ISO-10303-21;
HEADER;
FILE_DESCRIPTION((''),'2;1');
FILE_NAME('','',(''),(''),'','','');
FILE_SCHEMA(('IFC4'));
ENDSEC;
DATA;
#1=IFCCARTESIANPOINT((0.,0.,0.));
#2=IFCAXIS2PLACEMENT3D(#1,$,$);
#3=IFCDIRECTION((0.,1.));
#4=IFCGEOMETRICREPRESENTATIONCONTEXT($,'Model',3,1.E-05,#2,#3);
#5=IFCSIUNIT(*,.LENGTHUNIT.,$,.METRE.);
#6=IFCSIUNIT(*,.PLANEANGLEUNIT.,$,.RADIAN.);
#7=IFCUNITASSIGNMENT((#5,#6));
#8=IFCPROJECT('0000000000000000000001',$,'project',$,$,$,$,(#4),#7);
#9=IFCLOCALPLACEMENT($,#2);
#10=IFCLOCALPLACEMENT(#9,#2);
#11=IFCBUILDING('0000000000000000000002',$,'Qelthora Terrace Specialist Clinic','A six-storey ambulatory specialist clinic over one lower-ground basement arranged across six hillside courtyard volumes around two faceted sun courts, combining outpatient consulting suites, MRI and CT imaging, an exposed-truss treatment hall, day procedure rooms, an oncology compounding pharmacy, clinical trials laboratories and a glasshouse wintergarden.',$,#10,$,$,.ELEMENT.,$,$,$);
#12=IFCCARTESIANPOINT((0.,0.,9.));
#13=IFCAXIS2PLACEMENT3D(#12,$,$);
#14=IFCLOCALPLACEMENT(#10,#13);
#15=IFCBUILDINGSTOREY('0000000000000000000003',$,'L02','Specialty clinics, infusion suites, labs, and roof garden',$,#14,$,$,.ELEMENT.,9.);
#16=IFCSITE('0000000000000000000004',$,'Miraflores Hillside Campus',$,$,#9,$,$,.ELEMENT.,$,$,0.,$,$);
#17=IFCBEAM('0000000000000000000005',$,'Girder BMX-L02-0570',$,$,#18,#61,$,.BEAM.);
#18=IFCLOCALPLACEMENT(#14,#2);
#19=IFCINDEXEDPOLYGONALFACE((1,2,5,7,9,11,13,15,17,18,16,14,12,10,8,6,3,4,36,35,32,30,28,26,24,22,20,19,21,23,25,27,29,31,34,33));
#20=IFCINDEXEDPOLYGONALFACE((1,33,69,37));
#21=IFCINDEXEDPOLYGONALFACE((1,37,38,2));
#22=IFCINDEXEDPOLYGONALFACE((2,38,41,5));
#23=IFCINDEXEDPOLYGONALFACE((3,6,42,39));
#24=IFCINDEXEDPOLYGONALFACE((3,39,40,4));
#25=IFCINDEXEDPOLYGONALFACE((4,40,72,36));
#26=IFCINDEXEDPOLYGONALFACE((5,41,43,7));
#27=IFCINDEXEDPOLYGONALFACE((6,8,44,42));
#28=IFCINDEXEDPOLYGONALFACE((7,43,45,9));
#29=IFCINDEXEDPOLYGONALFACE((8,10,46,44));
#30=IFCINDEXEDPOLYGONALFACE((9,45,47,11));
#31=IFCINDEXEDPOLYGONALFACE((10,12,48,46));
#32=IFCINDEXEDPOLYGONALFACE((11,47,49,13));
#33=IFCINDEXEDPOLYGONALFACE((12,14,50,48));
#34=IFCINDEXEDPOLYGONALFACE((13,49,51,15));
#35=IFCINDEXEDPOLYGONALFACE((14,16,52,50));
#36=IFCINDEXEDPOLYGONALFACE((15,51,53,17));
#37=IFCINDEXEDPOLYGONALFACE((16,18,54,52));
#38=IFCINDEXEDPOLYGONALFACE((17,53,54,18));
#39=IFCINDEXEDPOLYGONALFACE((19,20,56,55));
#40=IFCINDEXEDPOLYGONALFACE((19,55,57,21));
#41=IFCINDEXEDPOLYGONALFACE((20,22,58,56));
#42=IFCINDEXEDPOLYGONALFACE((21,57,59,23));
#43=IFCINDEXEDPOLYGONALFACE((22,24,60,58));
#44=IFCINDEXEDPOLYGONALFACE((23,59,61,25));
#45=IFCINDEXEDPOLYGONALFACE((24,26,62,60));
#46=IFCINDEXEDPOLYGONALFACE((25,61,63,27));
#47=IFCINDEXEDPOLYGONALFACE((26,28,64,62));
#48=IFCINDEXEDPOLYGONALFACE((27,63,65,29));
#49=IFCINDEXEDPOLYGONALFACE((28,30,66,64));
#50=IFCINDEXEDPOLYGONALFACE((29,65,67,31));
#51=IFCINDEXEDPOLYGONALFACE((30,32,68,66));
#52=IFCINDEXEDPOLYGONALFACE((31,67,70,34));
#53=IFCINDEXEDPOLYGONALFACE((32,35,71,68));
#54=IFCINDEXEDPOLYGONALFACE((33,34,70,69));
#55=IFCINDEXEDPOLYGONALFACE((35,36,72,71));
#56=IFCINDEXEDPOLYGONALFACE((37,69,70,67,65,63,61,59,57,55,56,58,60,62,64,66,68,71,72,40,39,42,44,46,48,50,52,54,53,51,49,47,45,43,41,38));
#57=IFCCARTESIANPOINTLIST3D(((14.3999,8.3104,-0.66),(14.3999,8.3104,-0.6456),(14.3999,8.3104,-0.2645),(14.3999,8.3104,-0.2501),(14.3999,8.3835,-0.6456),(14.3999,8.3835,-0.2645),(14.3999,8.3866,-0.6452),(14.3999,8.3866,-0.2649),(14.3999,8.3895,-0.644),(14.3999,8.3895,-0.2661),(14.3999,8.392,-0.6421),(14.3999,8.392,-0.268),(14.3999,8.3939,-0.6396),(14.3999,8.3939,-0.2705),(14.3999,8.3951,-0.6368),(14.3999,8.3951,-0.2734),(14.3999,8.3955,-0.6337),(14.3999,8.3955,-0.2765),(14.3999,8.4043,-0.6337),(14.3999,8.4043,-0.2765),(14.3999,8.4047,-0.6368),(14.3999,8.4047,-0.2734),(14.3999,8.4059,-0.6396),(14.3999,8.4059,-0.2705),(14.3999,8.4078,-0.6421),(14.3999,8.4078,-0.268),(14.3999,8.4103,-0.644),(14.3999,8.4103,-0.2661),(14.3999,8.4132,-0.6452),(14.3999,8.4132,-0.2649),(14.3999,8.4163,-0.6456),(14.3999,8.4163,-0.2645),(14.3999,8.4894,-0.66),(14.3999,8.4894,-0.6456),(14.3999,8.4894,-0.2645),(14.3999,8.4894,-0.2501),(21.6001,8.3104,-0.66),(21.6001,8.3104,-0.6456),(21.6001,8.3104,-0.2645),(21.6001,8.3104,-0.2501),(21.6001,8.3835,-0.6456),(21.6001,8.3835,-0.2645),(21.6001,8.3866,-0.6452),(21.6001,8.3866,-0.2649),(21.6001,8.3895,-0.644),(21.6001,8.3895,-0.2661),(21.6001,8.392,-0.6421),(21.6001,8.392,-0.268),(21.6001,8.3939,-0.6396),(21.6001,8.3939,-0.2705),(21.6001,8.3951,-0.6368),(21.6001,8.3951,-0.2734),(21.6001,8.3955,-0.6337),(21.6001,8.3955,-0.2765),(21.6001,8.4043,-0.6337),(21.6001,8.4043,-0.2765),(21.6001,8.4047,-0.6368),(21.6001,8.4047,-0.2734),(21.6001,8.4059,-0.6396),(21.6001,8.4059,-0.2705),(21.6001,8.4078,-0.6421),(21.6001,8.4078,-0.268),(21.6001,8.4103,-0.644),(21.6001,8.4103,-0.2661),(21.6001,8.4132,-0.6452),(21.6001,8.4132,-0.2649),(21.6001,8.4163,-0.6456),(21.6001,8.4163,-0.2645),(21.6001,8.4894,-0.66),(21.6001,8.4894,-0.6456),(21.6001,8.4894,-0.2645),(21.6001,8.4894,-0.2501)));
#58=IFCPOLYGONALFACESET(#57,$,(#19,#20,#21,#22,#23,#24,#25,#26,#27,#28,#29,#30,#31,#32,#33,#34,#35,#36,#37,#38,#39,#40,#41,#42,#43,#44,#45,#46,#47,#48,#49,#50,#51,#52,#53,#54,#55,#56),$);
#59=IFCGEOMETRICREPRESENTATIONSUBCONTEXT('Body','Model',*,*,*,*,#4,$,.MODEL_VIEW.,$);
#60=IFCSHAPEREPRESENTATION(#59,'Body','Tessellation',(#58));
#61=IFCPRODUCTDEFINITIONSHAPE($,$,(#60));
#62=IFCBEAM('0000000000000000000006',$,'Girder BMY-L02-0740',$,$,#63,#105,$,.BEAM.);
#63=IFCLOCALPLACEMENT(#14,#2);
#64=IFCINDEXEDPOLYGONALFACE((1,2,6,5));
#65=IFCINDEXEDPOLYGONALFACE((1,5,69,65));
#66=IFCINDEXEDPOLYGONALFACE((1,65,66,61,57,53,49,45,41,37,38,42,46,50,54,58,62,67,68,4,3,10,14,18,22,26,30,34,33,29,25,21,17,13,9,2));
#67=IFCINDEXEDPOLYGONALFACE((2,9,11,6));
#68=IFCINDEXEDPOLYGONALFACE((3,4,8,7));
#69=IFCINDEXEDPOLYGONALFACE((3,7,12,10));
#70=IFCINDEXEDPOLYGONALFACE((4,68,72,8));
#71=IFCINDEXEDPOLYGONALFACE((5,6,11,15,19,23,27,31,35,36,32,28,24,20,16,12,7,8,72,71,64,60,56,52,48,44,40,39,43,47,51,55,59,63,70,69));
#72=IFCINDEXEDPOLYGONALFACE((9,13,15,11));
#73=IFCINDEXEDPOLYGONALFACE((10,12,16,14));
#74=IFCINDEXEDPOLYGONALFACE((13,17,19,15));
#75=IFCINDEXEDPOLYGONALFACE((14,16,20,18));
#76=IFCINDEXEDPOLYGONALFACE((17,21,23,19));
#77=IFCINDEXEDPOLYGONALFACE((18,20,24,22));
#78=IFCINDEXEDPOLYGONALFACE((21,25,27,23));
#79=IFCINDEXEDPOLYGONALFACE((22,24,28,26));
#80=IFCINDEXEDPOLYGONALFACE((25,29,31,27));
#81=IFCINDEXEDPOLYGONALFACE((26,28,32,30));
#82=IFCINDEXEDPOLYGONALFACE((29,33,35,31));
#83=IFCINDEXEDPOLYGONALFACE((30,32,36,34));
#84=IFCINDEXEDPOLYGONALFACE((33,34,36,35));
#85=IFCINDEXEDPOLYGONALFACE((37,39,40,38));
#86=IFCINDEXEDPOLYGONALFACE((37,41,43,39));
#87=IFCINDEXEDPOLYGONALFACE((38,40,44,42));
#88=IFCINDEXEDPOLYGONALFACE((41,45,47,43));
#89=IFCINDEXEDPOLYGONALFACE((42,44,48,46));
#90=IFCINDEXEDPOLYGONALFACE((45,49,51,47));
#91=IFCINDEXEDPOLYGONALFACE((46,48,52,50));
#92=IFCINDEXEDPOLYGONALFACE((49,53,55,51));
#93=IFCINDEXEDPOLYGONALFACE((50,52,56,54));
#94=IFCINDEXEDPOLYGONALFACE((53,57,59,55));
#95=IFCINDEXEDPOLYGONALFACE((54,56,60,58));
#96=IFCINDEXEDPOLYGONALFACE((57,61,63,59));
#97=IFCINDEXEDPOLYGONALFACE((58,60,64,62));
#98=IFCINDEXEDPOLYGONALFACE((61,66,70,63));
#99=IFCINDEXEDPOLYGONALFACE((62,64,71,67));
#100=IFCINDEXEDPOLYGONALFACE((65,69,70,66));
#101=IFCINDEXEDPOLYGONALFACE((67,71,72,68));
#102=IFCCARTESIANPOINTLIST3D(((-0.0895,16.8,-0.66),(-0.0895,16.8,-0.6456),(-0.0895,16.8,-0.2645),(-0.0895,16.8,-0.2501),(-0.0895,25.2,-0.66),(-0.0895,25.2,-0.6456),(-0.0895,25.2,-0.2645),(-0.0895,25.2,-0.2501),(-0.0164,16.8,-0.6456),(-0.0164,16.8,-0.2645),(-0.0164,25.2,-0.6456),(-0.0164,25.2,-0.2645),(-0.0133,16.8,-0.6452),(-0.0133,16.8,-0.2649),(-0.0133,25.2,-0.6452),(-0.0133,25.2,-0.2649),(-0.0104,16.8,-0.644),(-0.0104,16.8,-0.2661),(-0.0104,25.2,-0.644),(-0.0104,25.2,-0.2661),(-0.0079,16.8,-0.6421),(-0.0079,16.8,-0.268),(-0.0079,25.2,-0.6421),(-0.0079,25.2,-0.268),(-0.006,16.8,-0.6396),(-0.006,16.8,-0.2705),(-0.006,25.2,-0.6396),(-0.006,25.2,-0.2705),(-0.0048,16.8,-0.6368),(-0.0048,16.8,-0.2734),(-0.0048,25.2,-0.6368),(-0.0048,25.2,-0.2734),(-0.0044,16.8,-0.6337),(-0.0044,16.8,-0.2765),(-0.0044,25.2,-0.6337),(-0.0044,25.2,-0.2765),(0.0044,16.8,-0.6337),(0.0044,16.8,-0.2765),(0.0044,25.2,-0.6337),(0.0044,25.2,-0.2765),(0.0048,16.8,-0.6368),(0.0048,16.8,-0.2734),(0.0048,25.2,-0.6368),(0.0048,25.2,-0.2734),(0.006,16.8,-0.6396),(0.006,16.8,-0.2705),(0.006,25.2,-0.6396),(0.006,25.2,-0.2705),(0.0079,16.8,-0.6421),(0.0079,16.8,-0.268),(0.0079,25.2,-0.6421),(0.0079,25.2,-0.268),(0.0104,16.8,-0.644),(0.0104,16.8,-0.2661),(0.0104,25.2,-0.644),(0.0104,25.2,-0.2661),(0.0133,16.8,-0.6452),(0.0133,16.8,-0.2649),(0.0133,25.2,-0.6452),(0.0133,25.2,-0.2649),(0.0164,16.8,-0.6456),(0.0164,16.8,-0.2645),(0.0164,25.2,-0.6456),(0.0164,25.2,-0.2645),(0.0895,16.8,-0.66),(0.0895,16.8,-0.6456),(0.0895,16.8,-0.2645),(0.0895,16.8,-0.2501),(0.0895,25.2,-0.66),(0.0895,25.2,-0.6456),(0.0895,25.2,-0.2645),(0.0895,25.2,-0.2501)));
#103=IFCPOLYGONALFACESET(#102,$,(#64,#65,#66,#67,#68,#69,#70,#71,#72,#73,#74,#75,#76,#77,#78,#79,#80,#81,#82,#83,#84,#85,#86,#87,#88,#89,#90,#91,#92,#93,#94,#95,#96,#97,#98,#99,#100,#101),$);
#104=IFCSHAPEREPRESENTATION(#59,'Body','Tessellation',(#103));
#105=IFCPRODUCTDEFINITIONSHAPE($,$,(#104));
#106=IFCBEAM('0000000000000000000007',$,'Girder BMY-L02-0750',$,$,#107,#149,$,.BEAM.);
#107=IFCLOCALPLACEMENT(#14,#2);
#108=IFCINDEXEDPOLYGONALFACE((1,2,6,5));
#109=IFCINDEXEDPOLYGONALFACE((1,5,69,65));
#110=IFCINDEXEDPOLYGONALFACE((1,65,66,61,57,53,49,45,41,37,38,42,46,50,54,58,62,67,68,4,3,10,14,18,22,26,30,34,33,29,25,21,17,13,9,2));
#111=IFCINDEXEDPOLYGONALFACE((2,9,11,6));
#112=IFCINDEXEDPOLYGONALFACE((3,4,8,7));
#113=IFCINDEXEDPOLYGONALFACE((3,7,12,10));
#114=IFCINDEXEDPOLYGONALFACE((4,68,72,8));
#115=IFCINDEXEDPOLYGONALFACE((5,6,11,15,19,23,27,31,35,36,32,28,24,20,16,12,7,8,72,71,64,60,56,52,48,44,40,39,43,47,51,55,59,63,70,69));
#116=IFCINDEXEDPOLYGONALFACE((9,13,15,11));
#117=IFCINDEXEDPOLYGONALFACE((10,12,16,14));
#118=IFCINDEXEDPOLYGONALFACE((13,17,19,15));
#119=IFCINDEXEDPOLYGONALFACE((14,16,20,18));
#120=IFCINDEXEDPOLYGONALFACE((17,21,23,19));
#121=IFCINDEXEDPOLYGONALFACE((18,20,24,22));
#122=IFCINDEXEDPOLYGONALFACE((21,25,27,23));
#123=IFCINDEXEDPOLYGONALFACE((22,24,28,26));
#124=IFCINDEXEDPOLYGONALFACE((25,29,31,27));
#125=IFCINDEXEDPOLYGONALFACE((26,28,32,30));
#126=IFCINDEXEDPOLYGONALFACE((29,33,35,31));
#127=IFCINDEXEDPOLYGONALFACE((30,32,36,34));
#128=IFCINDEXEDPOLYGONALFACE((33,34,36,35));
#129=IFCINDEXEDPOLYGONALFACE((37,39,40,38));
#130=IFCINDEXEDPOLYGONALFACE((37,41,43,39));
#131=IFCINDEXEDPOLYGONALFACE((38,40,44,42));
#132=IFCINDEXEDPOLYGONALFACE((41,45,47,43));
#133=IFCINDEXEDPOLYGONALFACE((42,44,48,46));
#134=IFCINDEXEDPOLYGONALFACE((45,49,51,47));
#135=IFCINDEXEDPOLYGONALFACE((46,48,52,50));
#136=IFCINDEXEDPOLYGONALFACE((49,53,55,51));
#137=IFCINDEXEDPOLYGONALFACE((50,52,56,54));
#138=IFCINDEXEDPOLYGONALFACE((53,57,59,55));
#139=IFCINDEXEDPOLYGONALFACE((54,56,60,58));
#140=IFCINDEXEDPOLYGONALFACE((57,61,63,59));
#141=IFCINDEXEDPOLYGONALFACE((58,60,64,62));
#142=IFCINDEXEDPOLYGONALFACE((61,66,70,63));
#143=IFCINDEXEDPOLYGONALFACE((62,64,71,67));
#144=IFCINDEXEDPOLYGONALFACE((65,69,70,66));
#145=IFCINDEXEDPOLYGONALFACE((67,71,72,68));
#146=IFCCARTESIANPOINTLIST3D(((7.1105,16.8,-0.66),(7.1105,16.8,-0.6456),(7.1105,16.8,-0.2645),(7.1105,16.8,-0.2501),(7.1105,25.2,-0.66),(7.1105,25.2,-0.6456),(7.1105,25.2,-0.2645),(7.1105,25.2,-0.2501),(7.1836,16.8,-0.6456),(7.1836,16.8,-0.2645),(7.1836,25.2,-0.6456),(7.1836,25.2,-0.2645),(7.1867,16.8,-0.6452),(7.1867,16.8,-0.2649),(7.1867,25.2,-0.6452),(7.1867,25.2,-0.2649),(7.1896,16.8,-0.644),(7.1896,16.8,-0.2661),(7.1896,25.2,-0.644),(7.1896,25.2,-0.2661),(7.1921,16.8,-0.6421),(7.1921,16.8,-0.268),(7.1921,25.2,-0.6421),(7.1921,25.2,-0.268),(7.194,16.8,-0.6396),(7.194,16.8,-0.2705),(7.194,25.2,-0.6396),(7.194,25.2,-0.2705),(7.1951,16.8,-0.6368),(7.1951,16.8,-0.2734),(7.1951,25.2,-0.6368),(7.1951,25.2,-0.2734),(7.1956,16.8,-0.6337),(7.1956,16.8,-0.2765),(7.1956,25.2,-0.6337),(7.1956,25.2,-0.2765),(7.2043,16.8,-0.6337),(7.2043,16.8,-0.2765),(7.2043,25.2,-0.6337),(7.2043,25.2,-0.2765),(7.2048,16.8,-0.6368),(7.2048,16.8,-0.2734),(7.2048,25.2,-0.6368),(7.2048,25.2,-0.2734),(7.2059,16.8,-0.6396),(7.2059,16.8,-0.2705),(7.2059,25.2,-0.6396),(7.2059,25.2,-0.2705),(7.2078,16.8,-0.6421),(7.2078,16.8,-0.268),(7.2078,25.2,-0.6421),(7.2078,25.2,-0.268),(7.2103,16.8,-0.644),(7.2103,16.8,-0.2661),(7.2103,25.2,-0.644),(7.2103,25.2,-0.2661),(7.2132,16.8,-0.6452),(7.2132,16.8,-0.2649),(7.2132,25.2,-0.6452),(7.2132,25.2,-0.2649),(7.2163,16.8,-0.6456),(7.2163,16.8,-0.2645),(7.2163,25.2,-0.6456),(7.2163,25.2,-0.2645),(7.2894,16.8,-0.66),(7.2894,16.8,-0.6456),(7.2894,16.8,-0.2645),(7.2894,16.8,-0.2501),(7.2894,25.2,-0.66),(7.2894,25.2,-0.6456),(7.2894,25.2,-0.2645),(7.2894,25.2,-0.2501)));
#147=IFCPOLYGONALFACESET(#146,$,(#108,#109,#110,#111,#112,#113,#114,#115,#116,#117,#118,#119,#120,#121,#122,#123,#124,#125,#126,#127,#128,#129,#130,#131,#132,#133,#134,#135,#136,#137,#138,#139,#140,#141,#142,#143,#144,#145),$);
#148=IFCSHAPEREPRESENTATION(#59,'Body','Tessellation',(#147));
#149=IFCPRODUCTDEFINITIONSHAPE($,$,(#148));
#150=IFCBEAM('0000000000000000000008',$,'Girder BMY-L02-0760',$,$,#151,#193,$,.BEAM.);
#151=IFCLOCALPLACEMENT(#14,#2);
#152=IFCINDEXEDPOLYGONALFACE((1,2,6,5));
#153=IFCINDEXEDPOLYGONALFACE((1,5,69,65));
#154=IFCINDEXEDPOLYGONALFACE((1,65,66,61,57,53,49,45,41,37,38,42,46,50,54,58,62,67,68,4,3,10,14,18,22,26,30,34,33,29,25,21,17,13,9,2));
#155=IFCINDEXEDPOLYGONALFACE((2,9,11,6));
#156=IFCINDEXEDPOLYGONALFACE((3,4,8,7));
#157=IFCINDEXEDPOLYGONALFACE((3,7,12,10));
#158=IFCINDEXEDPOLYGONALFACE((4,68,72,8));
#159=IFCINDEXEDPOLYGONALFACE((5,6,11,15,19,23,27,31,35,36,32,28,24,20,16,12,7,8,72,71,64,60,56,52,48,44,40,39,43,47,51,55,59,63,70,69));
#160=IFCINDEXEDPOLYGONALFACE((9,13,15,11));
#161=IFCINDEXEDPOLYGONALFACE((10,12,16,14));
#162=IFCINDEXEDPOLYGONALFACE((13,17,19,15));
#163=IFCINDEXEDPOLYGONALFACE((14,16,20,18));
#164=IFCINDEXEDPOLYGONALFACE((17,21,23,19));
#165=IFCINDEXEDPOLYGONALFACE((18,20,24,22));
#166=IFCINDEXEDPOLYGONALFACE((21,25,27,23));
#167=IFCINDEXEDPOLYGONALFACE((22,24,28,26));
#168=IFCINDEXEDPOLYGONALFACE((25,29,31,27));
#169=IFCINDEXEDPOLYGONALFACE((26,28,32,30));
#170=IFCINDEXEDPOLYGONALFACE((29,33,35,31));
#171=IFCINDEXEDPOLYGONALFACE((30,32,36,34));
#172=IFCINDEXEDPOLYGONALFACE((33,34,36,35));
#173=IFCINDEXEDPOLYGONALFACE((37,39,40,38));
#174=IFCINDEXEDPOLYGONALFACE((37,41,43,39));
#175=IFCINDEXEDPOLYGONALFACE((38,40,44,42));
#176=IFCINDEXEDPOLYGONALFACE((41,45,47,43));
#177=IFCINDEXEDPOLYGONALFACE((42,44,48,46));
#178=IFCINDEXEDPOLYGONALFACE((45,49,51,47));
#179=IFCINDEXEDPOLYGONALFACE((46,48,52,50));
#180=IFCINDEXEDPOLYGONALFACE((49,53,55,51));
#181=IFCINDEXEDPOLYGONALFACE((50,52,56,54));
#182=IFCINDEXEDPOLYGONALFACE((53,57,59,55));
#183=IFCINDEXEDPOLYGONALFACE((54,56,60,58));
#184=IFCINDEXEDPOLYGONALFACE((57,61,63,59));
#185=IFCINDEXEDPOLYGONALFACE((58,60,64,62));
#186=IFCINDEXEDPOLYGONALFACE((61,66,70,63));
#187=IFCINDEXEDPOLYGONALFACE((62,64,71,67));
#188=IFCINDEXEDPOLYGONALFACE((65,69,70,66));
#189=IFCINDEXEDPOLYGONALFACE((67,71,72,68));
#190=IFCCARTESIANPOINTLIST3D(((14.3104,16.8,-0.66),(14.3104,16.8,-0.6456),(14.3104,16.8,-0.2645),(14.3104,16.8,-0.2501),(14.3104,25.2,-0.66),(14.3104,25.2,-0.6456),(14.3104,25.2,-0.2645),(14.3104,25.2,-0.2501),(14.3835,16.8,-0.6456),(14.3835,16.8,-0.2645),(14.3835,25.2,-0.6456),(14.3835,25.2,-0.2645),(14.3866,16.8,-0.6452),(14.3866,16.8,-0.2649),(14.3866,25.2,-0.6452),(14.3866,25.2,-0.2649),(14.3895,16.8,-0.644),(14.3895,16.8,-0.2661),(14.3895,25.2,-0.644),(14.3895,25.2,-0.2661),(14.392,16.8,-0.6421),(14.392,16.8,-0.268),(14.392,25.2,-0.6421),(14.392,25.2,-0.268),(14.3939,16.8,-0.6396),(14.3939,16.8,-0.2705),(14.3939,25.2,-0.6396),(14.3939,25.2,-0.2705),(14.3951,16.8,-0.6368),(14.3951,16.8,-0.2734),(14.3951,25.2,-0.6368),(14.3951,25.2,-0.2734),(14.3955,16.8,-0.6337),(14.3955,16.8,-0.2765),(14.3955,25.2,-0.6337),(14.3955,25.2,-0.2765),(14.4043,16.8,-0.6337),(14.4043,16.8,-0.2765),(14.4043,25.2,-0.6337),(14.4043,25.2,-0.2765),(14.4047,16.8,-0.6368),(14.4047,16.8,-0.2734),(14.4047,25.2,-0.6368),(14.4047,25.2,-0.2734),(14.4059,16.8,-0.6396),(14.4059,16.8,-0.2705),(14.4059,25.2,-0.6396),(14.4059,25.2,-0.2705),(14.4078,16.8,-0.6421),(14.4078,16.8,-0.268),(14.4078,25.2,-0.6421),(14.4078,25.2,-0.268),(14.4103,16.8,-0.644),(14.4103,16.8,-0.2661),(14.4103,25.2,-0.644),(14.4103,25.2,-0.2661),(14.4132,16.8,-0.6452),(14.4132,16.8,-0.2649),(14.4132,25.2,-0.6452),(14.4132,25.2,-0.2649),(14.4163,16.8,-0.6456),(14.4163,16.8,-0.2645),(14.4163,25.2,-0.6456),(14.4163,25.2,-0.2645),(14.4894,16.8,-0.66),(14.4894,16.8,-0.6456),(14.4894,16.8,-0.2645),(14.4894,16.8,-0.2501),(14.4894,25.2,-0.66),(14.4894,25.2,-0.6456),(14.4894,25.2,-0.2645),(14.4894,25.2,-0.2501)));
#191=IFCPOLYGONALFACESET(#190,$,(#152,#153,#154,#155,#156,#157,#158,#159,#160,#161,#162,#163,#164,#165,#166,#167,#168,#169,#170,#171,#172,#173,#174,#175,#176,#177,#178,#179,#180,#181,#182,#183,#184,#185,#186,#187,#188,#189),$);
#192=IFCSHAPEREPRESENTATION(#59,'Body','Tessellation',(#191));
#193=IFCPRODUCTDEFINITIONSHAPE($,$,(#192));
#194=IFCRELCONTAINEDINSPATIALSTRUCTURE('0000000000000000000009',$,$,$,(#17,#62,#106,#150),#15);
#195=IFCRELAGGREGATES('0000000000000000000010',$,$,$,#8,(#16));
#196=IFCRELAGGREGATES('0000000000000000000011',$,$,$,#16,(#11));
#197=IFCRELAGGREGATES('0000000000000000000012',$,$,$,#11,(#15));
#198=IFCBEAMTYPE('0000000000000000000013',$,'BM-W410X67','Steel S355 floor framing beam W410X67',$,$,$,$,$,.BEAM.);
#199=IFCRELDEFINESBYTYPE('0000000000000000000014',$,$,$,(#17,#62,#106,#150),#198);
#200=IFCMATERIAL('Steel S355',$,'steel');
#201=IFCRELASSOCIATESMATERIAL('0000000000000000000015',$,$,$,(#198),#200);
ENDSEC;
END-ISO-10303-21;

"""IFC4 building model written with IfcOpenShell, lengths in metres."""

from ifc_helpers import new_model, si_unit, direction, frame, origin, origin_2d, place, context, subcontext, project, spatial, i_section, extrude, material, material_profile, profile_set, type_object, element, save


model = new_model("IFC4")

# Units and contexts
model_context = context("Model", 3, precision=1e-05, world=origin(), true_north=direction((0.0, 1.0)))
body_context = subcontext(model_context, "Body", "Model", "MODEL_VIEW")
ifc_project = project(units=[si_unit("LENGTHUNIT", "METRE"), si_unit("PLANEANGLEUNIT", "RADIAN")], contexts=[model_context])

# Site, building, storey
site_placement = place(None, origin())
site = spatial("IfcSite", under=ifc_project, at=site_placement, Name="Miraflores Hillside Campus", CompositionType="ELEMENT", RefElevation=0.0)
building_placement = place(site_placement, origin())
building = spatial("IfcBuilding", under=site, at=building_placement, Name="Qelthora Terrace Specialist Clinic", Description="A six-storey ambulatory specialist clinic over one lower-ground basement arranged across six hillside courtyard volumes around two faceted sun courts, combining outpatient consulting suites, MRI and CT imaging, an exposed-truss treatment hall, day procedure rooms, an oncology compounding pharmacy, clinical trials laboratories and a glasshouse wintergarden.", CompositionType="ELEMENT")
storey_placement = place(building_placement, frame((0.0, 0.0, 9.0)))
storey = spatial("IfcBuildingStorey", under=building, at=storey_placement, Name="L02", Description="Specialty clinics, infusion suites, labs, and roof garden", CompositionType="ELEMENT", Elevation=9.0)

# Beams
ifc_material_1 = material(Name="Steel S355", Category="steel")
ifc_material_profile_1 = material_profile(ifc_material_1, i_section(OverallWidth=0.179, OverallDepth=0.4099, WebThickness=0.0088, FlangeThickness=0.0144, FilletRadius=0.012, at=origin_2d()), Name="W410X67")
ifc_profile_set_1 = profile_set([ifc_material_profile_1], Name="Steel S355")
beam_type_1 = type_object("IfcBeamType", Name="BM-W410X67", Description="Steel S355 floor framing beam W410X67", PredefinedType="BEAM", material=ifc_profile_set_1)
beam_1_placement = place(storey_placement, frame((14.3999, 8.3999, -0.4551), z_axis=(1.0, 0.0, 0.0), x_axis=(0.0, 1.0, 0.0)))
element("IfcBeam", 1, at=beam_1_placement, inside=storey, type_object=beam_type_1, Name="Girder BMX-L02-0570", PredefinedType="BEAM", context=body_context, shape_type="SweptSolid", body=[
    extrude(i_section(OverallWidth=0.179, OverallDepth=0.4099, WebThickness=0.0088, FlangeThickness=0.0144, FilletRadius=0.012, at=origin_2d()), origin(), (0.0, 0.0, 1.0), 7.2002),
])
for number, where, z_axis, x_axis, name in (
    (2, (0.0, 16.8, -0.4551), (0.0, 1.0, 0.0), (-1.0, 0.0, 0.0), "Girder BMY-L02-0740"),
    (3, (7.2, 16.8, -0.4551), (0.0, 1.0, 0.0), (-1.0, 0.0, 0.0), "Girder BMY-L02-0750"),
    (4, (14.3999, 16.8, -0.4551), (0.0, 1.0, 0.0), (-1.0, 0.0, 0.0), "Girder BMY-L02-0760"),
):
    element("IfcBeam", number, at=place(storey_placement, frame(where, z_axis=z_axis, x_axis=x_axis)), inside=storey, type_object=beam_type_1, Name=name, PredefinedType="BEAM", context=body_context, shape_type="SweptSolid", body=[
        extrude(i_section(OverallWidth=0.179, OverallDepth=0.4099, WebThickness=0.0088, FlangeThickness=0.0144, FilletRadius=0.012, at=origin_2d()), origin(), (0.0, 0.0, 1.0), 8.3999),
    ])

save(model, "model.ifc")
